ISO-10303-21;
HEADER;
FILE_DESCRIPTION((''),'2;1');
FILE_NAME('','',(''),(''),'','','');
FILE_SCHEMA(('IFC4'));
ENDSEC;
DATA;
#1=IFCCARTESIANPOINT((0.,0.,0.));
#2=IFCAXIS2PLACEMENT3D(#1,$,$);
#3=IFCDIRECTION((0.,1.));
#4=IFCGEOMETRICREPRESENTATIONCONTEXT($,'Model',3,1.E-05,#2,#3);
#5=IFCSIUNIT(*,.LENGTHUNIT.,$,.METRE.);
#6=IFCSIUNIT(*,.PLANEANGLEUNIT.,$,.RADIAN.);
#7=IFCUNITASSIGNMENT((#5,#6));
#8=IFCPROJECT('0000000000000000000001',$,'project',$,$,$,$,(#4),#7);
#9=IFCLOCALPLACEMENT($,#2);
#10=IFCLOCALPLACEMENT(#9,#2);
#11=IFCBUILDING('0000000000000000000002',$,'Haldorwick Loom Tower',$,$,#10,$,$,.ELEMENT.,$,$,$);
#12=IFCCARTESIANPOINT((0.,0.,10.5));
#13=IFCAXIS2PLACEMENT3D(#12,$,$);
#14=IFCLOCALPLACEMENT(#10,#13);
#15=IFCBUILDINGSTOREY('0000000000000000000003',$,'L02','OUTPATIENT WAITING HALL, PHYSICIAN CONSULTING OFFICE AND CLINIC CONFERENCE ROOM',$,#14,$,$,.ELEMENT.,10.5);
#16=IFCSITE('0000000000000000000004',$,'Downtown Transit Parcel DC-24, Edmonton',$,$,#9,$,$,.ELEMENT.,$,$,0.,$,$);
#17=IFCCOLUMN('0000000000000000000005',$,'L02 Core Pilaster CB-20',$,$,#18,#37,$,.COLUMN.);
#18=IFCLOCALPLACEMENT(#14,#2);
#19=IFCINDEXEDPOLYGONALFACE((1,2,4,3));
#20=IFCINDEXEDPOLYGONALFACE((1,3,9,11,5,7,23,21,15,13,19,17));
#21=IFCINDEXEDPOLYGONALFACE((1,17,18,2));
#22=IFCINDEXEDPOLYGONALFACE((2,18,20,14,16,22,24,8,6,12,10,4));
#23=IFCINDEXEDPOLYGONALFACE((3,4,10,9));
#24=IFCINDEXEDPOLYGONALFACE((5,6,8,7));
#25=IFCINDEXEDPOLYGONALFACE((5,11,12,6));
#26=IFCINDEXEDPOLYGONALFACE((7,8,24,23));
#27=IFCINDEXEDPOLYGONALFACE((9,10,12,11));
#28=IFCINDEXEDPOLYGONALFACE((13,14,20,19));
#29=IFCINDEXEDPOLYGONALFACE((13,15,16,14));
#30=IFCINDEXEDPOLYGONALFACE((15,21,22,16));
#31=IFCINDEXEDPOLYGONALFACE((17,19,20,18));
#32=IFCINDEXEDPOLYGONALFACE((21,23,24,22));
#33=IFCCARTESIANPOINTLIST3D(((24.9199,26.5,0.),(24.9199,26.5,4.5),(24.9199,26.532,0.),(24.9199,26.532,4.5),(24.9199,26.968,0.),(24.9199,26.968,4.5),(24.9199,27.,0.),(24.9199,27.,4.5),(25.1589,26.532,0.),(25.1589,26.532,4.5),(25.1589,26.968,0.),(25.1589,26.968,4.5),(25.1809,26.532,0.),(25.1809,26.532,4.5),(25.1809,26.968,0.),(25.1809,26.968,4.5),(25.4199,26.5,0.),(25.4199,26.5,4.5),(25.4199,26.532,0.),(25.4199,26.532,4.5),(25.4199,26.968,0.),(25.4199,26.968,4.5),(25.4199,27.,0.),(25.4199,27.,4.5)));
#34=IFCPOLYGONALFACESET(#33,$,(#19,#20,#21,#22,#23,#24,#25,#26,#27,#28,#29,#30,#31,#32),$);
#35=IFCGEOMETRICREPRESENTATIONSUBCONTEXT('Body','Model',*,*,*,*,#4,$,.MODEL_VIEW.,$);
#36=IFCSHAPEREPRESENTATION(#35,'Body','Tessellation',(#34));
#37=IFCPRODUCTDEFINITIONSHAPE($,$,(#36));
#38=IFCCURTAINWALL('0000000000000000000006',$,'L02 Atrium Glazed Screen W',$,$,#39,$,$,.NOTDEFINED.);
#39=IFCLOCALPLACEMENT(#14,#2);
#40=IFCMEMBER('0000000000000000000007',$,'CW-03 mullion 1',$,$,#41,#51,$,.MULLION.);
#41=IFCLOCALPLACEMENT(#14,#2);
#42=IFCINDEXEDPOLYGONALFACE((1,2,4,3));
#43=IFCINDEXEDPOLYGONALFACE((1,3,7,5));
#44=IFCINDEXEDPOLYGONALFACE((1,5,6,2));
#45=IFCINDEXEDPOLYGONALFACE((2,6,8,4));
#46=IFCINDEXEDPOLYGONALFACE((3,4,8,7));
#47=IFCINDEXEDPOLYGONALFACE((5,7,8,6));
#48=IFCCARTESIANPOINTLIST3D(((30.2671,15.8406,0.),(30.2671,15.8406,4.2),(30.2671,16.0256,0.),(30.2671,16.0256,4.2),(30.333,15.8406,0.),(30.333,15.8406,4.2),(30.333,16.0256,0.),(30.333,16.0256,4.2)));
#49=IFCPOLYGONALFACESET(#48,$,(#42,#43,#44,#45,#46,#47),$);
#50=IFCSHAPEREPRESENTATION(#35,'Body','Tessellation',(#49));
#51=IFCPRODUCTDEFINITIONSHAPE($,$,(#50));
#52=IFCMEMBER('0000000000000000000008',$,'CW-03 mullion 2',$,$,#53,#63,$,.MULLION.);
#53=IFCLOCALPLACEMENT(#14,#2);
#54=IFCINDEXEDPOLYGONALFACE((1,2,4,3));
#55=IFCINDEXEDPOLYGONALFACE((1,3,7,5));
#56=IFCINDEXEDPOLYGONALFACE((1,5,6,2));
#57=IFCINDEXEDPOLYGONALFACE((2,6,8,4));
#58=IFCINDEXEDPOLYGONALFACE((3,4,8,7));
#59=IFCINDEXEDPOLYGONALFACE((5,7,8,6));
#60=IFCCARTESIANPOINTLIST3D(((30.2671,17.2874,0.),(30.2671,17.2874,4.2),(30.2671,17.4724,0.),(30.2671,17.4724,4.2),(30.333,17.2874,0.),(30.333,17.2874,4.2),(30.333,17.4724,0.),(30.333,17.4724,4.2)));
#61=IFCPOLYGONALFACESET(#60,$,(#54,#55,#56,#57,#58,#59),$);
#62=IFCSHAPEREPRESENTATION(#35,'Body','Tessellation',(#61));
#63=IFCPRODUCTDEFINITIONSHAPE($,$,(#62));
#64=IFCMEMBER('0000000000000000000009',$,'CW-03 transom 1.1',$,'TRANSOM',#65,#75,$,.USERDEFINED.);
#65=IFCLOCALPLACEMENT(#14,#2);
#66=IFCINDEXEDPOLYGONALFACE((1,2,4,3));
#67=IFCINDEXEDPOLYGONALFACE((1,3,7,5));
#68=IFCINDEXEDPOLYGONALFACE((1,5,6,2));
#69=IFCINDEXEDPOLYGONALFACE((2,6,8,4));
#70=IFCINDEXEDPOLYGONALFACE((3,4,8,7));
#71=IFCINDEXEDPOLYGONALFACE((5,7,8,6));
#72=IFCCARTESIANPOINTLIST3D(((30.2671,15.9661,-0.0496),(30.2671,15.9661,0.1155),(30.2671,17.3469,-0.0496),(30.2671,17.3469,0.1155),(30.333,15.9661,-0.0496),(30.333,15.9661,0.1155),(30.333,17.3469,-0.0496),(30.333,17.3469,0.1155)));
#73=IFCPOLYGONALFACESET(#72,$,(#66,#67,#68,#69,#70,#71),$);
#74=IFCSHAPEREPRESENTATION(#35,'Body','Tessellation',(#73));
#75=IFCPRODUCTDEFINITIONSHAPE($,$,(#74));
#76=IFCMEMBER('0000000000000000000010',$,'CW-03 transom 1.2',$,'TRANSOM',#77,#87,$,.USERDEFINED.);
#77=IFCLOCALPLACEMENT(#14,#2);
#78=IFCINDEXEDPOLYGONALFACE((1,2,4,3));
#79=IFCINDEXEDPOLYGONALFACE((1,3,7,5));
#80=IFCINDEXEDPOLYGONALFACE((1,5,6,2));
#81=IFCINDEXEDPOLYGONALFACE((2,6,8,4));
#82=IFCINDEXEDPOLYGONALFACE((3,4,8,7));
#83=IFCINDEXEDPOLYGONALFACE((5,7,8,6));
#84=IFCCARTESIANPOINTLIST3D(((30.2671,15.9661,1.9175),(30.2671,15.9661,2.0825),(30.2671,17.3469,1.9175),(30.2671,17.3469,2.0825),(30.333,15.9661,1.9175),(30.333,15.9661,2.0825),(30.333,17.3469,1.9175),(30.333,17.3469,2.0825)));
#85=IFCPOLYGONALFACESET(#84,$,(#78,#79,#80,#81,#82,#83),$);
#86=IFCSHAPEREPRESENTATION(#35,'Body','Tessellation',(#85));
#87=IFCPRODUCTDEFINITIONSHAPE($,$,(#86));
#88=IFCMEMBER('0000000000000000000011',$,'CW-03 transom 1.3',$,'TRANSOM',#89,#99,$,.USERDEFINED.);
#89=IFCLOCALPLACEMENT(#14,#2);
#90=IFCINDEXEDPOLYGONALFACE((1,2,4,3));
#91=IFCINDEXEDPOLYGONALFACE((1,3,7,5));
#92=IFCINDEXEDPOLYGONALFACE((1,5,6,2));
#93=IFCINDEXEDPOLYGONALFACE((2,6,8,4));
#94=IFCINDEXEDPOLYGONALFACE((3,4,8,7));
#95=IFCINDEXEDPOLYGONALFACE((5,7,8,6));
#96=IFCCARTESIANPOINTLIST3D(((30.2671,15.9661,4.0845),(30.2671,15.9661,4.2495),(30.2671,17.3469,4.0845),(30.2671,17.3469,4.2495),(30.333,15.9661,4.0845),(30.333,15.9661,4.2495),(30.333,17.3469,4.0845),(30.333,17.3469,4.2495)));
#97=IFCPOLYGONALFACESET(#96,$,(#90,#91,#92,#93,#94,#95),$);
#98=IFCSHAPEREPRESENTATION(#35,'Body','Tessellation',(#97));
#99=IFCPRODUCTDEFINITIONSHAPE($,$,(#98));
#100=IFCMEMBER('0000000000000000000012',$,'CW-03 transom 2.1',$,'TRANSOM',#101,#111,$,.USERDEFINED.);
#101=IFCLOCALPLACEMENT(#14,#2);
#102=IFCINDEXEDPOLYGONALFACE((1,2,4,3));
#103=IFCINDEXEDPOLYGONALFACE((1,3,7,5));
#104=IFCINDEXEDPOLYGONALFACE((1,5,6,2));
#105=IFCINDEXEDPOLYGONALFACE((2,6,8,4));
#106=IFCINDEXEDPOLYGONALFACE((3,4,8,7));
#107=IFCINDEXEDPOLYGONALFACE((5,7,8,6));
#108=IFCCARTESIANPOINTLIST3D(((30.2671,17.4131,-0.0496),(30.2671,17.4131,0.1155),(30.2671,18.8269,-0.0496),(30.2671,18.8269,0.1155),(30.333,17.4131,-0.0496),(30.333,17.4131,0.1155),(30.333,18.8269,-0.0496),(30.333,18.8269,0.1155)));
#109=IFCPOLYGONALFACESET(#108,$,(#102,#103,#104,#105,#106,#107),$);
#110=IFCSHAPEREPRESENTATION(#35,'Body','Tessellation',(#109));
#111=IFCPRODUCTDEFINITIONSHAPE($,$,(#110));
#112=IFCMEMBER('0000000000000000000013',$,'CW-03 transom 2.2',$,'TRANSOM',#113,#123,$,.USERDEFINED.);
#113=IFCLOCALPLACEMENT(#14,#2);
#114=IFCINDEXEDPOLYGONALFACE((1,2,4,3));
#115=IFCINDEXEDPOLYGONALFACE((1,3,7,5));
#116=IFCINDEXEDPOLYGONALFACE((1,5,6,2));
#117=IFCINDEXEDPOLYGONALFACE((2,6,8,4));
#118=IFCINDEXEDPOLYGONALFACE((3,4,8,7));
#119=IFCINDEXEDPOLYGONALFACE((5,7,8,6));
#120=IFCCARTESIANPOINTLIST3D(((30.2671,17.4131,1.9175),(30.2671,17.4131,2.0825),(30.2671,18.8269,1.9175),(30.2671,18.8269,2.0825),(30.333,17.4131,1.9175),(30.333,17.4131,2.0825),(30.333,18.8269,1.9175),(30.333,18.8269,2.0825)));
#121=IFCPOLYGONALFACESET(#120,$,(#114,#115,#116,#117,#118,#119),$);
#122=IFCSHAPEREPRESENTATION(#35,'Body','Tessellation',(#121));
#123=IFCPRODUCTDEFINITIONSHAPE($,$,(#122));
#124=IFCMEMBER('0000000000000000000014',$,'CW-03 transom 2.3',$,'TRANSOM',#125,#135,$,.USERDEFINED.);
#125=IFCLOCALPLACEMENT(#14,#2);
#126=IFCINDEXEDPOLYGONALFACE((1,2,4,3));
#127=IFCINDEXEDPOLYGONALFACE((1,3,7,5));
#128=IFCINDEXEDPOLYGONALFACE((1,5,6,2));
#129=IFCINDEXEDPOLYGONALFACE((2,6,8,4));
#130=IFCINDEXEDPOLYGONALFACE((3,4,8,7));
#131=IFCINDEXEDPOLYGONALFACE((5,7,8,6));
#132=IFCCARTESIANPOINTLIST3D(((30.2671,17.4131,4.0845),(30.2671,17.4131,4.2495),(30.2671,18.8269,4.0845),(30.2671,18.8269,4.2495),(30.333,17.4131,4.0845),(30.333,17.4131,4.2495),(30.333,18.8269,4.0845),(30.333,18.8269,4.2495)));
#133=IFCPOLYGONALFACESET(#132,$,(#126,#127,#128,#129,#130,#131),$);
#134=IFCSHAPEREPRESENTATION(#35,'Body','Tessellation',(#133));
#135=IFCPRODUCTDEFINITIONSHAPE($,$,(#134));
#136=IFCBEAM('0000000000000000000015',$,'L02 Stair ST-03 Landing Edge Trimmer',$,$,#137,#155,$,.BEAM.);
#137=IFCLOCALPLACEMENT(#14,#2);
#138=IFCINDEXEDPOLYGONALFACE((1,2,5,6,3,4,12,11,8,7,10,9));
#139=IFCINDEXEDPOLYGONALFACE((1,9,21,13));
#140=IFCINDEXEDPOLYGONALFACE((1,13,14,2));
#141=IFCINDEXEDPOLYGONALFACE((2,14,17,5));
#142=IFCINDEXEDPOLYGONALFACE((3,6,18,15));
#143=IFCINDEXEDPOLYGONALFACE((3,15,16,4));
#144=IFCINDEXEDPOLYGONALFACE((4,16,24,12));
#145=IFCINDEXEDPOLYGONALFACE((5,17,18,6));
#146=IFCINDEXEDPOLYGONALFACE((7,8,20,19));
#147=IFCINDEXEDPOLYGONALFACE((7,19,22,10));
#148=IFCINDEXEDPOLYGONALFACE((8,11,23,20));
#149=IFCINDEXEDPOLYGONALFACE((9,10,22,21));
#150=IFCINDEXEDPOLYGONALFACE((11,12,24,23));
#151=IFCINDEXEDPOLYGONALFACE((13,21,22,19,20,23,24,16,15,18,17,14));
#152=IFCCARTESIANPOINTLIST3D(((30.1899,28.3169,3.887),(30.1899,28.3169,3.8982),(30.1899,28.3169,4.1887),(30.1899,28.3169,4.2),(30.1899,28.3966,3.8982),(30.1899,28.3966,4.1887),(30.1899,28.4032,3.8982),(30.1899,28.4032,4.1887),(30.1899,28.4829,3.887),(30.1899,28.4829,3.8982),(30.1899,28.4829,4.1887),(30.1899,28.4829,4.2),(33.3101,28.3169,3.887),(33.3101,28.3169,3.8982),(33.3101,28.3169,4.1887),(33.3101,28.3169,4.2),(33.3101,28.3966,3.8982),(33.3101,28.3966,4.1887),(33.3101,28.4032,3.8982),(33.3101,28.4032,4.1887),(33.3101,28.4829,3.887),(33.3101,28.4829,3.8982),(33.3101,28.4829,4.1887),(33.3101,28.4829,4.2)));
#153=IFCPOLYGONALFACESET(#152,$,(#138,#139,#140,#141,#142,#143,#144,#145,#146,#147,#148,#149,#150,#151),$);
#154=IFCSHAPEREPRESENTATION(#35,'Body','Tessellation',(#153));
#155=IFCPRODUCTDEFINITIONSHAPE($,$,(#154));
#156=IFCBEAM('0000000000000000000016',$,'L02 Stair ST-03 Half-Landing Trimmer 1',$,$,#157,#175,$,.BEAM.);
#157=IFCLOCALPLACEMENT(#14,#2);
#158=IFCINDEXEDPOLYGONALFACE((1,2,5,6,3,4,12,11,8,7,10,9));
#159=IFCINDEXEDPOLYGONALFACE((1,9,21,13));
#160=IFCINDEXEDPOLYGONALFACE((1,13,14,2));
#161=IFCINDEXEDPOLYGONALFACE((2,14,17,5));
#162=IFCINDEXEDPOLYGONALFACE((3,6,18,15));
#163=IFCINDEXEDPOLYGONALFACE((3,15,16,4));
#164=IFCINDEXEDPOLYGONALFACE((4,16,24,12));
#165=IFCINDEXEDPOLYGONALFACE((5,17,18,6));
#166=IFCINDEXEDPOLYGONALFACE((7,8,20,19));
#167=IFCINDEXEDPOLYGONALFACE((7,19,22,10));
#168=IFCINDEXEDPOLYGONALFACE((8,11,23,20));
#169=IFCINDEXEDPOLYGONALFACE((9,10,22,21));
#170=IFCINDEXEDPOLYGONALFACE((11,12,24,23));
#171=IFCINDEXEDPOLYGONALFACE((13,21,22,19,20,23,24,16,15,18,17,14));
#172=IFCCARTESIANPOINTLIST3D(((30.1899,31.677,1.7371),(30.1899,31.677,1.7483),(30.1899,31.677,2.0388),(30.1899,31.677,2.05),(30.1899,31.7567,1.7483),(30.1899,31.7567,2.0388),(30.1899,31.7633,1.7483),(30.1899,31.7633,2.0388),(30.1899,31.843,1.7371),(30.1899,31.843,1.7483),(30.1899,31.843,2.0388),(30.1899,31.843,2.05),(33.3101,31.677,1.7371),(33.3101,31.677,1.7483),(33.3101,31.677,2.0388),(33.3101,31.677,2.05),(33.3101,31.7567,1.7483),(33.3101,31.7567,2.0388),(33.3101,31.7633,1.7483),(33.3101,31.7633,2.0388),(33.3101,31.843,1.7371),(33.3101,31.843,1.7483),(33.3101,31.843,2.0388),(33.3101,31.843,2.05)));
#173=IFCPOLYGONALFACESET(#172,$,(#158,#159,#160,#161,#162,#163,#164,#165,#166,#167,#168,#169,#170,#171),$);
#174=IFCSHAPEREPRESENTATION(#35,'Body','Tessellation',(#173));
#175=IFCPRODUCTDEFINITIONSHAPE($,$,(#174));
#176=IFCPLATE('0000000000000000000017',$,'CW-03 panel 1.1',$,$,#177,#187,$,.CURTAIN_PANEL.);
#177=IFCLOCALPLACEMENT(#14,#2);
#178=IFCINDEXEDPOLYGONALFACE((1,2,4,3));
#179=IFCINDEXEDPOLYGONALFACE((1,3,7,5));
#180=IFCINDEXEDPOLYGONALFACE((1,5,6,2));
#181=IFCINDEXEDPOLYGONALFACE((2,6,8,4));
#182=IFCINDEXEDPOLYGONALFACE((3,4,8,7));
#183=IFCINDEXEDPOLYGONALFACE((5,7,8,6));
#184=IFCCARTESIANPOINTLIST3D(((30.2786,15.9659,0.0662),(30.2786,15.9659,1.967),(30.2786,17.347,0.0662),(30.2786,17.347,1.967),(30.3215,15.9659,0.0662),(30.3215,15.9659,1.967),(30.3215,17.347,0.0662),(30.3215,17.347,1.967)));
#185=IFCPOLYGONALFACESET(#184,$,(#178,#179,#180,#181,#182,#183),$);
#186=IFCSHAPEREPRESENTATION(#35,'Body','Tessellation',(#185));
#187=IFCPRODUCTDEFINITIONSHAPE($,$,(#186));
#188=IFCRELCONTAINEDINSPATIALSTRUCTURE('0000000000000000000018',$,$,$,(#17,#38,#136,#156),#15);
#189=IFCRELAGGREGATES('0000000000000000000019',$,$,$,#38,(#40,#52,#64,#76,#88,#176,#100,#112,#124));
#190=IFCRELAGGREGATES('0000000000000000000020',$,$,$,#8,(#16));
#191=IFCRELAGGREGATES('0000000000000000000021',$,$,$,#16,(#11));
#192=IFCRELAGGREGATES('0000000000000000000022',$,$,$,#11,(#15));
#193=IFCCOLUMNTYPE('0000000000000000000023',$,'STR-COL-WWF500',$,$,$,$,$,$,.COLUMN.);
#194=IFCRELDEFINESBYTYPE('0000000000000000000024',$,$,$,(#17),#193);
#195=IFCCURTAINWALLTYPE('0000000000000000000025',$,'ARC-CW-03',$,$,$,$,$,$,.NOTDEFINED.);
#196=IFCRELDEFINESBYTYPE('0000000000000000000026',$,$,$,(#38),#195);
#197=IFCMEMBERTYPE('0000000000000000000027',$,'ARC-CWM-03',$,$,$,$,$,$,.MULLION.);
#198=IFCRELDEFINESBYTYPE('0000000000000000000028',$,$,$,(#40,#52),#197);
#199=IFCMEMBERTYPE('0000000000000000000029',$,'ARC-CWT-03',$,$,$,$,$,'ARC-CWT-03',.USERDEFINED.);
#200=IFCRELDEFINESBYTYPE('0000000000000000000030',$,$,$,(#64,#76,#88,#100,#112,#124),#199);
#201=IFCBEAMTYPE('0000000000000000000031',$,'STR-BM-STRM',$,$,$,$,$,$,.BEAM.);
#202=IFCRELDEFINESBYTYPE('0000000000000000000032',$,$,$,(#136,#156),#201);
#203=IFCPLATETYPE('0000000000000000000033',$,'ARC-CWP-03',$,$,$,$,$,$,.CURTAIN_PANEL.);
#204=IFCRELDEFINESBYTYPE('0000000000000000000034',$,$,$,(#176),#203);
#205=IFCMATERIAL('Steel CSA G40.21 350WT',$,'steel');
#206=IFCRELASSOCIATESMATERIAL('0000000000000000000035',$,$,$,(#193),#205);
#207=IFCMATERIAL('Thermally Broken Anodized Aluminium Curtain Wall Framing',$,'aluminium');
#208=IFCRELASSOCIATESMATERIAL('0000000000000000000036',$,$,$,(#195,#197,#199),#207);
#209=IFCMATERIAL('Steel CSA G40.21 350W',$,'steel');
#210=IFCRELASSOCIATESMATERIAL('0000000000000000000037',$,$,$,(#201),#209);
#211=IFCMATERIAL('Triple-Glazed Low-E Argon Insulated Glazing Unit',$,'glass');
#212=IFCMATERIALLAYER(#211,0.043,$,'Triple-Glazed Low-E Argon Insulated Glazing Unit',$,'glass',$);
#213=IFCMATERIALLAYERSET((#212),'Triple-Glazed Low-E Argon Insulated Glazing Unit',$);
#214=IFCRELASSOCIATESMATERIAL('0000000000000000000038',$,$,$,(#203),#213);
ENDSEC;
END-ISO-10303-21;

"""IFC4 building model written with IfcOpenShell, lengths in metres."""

from ifc_helpers import new_model, si_unit, direction, frame, origin, origin_2d, place, context, subcontext, project, spatial, rectangle, i_section, extrude, material, layer, layer_set, material_profile, profile_set, type_object, element, aggregate, save


model = new_model("IFC4")

# Units and contexts
model_context = context("Model", 3, precision=1e-05, world=origin(), true_north=direction((0.0, 1.0)))
body_context = subcontext(model_context, "Body", "Model", "MODEL_VIEW")
ifc_project = project(units=[si_unit("LENGTHUNIT", "METRE"), si_unit("PLANEANGLEUNIT", "RADIAN")], contexts=[model_context])

# Site, building, storey
site_placement = place(None, origin())
site = spatial("IfcSite", under=ifc_project, at=site_placement, Name="Downtown Transit Parcel DC-24, Edmonton", CompositionType="ELEMENT", RefElevation=0.0)
building_placement = place(site_placement, origin())
building = spatial("IfcBuilding", under=site, at=building_placement, Name="Haldorwick Loom Tower", CompositionType="ELEMENT")
storey_placement = place(building_placement, frame((0.0, 0.0, 10.5)))
storey = spatial("IfcBuildingStorey", under=building, at=storey_placement, Name="L02", Description="OUTPATIENT WAITING HALL, PHYSICIAN CONSULTING OFFICE AND CLINIC CONFERENCE ROOM", CompositionType="ELEMENT", Elevation=10.5)

# Column
ifc_material_1 = material(Name="Steel CSA G40.21 350WT", Category="steel")
ifc_material_profile_1 = material_profile(ifc_material_1, i_section(OverallWidth=0.5, OverallDepth=0.5, WebThickness=0.022, FlangeThickness=0.032, at=origin_2d()), Name="WWF500X500", Category="steel")
ifc_profile_set_1 = profile_set([ifc_material_profile_1], Name="Steel CSA G40.21 350WT")
column_type = type_object("IfcColumnType", Name="STR-COL-WWF500", PredefinedType="COLUMN", material=ifc_profile_set_1)
column_placement = place(storey_placement, frame((25.1699, 26.75, 0.0), z_axis=(0.0, 0.0, 1.0), x_axis=(1.0, 0.0, 0.0)))
element("IfcColumn", 1, at=column_placement, inside=storey, type_object=column_type, Name="L02 Core Pilaster CB-20", PredefinedType="COLUMN", context=body_context, shape_type="SweptSolid", body=[
    extrude(i_section(OverallWidth=0.5, OverallDepth=0.5, WebThickness=0.022, FlangeThickness=0.032, at=origin_2d()), origin(), (0.0, 0.0, 1.0), 4.5),
])

# Curtain wall, members
ifc_material_2 = material(Name="Thermally Broken Anodized Aluminium Curtain Wall Framing", Category="aluminium")
curtain_wall_type = type_object("IfcCurtainWallType", Name="ARC-CW-03", PredefinedType="NOTDEFINED", material=ifc_material_2)
curtain_wall_placement = place(storey_placement, origin())
curtain_wall = element("IfcCurtainWall", 2, at=curtain_wall_placement, inside=storey, type_object=curtain_wall_type, Name="L02 Atrium Glazed Screen W", PredefinedType="NOTDEFINED")
ifc_material_profile_2 = material_profile(ifc_material_2, rectangle(XDim=0.0659, YDim=0.1851, at=origin_2d()), Name="ALU_MUL_66X185", Category="aluminium")
ifc_profile_set_2 = profile_set([ifc_material_profile_2], Name="Thermally Broken Anodized Aluminium Curtain Wall Framing")
member_type_1 = type_object("IfcMemberType", Name="ARC-CWM-03", PredefinedType="MULLION", material=ifc_profile_set_2)
member_1_placement = place(storey_placement, frame((30.3, 15.9331, 0.0), z_axis=(0.0, 0.0, 1.0), x_axis=(-1.0, 0.0, 0.0)))
member_1 = element("IfcMember", 3, at=member_1_placement, type_object=member_type_1, Name="CW-03 mullion 1", PredefinedType="MULLION", context=body_context, shape_type="SweptSolid", body=[
    extrude(rectangle(XDim=0.0659, YDim=0.1851, at=origin_2d()), origin(), (0.0, 0.0, 1.0), 4.2),
])
member_2_placement = place(storey_placement, frame((30.3, 17.3799, 0.0), z_axis=(0.0, 0.0, 1.0), x_axis=(-1.0, 0.0, 0.0)))
member_2 = element("IfcMember", 4, at=member_2_placement, type_object=member_type_1, Name="CW-03 mullion 2", PredefinedType="MULLION", context=body_context, shape_type="SweptSolid", body=[
    extrude(rectangle(XDim=0.0659, YDim=0.1851, at=origin_2d()), origin(), (0.0, 0.0, 1.0), 4.2),
])
ifc_material_profile_3 = material_profile(ifc_material_2, rectangle(XDim=0.0659, YDim=0.165, at=origin_2d()), Name="ALU_TRN_66X165", Category="aluminium")
ifc_profile_set_3 = profile_set([ifc_material_profile_3], Name="Thermally Broken Anodized Aluminium Curtain Wall Framing")
member_type_2 = type_object("IfcMemberType", Name="ARC-CWT-03", ElementType="ARC-CWT-03", PredefinedType="USERDEFINED", material=ifc_profile_set_3)
member_3_placement = place(storey_placement, frame((30.3, 15.9661, 0.033), z_axis=(0.0, 1.0, 0.0), x_axis=(-1.0, 0.0, 0.0)))
member_3 = element("IfcMember", 5, at=member_3_placement, type_object=member_type_2, Name="CW-03 transom 1.1", ObjectType="TRANSOM", PredefinedType="USERDEFINED", context=body_context, shape_type="SweptSolid", body=[
    extrude(rectangle(XDim=0.0659, YDim=0.165, at=origin_2d()), origin(), (0.0, 0.0, 1.0), 1.3809),
])
member_4_placement = place(storey_placement, frame((30.3, 15.9661, 2.0), z_axis=(0.0, 1.0, 0.0), x_axis=(-1.0, 0.0, 0.0)))
member_4 = element("IfcMember", 6, at=member_4_placement, type_object=member_type_2, Name="CW-03 transom 1.2", ObjectType="TRANSOM", PredefinedType="USERDEFINED", context=body_context, shape_type="SweptSolid", body=[
    extrude(rectangle(XDim=0.0659, YDim=0.165, at=origin_2d()), origin(), (0.0, 0.0, 1.0), 1.3809),
])
member_5_placement = place(storey_placement, frame((30.3, 15.9661, 4.167), z_axis=(0.0, 1.0, 0.0), x_axis=(-1.0, 0.0, 0.0)))
member_5 = element("IfcMember", 7, at=member_5_placement, type_object=member_type_2, Name="CW-03 transom 1.3", ObjectType="TRANSOM", PredefinedType="USERDEFINED", context=body_context, shape_type="SweptSolid", body=[
    extrude(rectangle(XDim=0.0659, YDim=0.165, at=origin_2d()), origin(), (0.0, 0.0, 1.0), 1.3809),
])
member_6_placement = place(storey_placement, frame((30.3, 17.4131, 0.033), z_axis=(0.0, 1.0, 0.0), x_axis=(-1.0, 0.0, 0.0)))
member_6 = element("IfcMember", 8, at=member_6_placement, type_object=member_type_2, Name="CW-03 transom 2.1", ObjectType="TRANSOM", PredefinedType="USERDEFINED", context=body_context, shape_type="SweptSolid", body=[
    extrude(rectangle(XDim=0.0659, YDim=0.165, at=origin_2d()), origin(), (0.0, 0.0, 1.0), 1.4138),
])
member_7_placement = place(storey_placement, frame((30.3, 17.4131, 2.0), z_axis=(0.0, 1.0, 0.0), x_axis=(-1.0, 0.0, 0.0)))
member_7 = element("IfcMember", 9, at=member_7_placement, type_object=member_type_2, Name="CW-03 transom 2.2", ObjectType="TRANSOM", PredefinedType="USERDEFINED", context=body_context, shape_type="SweptSolid", body=[
    extrude(rectangle(XDim=0.0659, YDim=0.165, at=origin_2d()), origin(), (0.0, 0.0, 1.0), 1.4138),
])
member_8_placement = place(storey_placement, frame((30.3, 17.4131, 4.167), z_axis=(0.0, 1.0, 0.0), x_axis=(-1.0, 0.0, 0.0)))
member_8 = element("IfcMember", 10, at=member_8_placement, type_object=member_type_2, Name="CW-03 transom 2.3", ObjectType="TRANSOM", PredefinedType="USERDEFINED", context=body_context, shape_type="SweptSolid", body=[
    extrude(rectangle(XDim=0.0659, YDim=0.165, at=origin_2d()), origin(), (0.0, 0.0, 1.0), 1.4138),
])

# Beams
ifc_material_3 = material(Name="Steel CSA G40.21 350W", Category="steel")
ifc_material_profile_4 = material_profile(ifc_material_3, i_section(OverallWidth=0.166, OverallDepth=0.313, WebThickness=0.0066, FlangeThickness=0.0112, at=origin_2d()), Name="W310X45", Category="steel")
ifc_profile_set_4 = profile_set([ifc_material_profile_4], Name="Steel CSA G40.21 350W")
beam_type = type_object("IfcBeamType", Name="STR-BM-STRM", PredefinedType="BEAM", material=ifc_profile_set_4)
for number, where, z_axis, x_axis, name in (
    (11, (30.1899, 28.3999, 4.0435), (1.0, 0.0, 0.0), (0.0, 1.0, 0.0), "L02 Stair ST-03 Landing Edge Trimmer"),
    (12, (30.1899, 31.76, 1.8936), (1.0, 0.0, 0.0), (0.0, 1.0, 0.0), "L02 Stair ST-03 Half-Landing Trimmer 1"),
):
    element("IfcBeam", number, at=place(storey_placement, frame(where, z_axis=z_axis, x_axis=x_axis)), inside=storey, type_object=beam_type, Name=name, PredefinedType="BEAM", context=body_context, shape_type="SweptSolid", body=[
        extrude(i_section(OverallWidth=0.166, OverallDepth=0.313, WebThickness=0.0066, FlangeThickness=0.0112, at=origin_2d()), origin(), (0.0, 0.0, 1.0), 3.1201),
    ])

# Plate
ifc_material_4 = material(Name="Triple-Glazed Low-E Argon Insulated Glazing Unit", Category="glass")
ifc_layer_1 = layer(ifc_material_4, 0.043, Name="Triple-Glazed Low-E Argon Insulated Glazing Unit", Category="glass")
ifc_layer_set_1 = layer_set([ifc_layer_1], Name="Triple-Glazed Low-E Argon Insulated Glazing Unit")
plate_type = type_object("IfcPlateType", Name="ARC-CWP-03", PredefinedType="CURTAIN_PANEL", material=ifc_layer_set_1)
plate_1_placement = place(storey_placement, frame((30.3, 16.6565, 0.0662), z_axis=(0.0, 0.0, 1.0), x_axis=(0.0, 1.0, 0.0)))
plate_1 = element("IfcPlate", 13, at=plate_1_placement, type_object=plate_type, Name="CW-03 panel 1.1", PredefinedType="CURTAIN_PANEL", context=body_context, shape_type="SweptSolid", body=[
    extrude(rectangle(XDim=1.3811, YDim=0.043, at=origin_2d()), origin(), (0.0, 0.0, 1.0), 1.9009),
])
aggregate(curtain_wall, [member_1, member_2, member_3, member_4, member_5, plate_1, member_6, member_7, member_8])

save(model, "model.ifc")
